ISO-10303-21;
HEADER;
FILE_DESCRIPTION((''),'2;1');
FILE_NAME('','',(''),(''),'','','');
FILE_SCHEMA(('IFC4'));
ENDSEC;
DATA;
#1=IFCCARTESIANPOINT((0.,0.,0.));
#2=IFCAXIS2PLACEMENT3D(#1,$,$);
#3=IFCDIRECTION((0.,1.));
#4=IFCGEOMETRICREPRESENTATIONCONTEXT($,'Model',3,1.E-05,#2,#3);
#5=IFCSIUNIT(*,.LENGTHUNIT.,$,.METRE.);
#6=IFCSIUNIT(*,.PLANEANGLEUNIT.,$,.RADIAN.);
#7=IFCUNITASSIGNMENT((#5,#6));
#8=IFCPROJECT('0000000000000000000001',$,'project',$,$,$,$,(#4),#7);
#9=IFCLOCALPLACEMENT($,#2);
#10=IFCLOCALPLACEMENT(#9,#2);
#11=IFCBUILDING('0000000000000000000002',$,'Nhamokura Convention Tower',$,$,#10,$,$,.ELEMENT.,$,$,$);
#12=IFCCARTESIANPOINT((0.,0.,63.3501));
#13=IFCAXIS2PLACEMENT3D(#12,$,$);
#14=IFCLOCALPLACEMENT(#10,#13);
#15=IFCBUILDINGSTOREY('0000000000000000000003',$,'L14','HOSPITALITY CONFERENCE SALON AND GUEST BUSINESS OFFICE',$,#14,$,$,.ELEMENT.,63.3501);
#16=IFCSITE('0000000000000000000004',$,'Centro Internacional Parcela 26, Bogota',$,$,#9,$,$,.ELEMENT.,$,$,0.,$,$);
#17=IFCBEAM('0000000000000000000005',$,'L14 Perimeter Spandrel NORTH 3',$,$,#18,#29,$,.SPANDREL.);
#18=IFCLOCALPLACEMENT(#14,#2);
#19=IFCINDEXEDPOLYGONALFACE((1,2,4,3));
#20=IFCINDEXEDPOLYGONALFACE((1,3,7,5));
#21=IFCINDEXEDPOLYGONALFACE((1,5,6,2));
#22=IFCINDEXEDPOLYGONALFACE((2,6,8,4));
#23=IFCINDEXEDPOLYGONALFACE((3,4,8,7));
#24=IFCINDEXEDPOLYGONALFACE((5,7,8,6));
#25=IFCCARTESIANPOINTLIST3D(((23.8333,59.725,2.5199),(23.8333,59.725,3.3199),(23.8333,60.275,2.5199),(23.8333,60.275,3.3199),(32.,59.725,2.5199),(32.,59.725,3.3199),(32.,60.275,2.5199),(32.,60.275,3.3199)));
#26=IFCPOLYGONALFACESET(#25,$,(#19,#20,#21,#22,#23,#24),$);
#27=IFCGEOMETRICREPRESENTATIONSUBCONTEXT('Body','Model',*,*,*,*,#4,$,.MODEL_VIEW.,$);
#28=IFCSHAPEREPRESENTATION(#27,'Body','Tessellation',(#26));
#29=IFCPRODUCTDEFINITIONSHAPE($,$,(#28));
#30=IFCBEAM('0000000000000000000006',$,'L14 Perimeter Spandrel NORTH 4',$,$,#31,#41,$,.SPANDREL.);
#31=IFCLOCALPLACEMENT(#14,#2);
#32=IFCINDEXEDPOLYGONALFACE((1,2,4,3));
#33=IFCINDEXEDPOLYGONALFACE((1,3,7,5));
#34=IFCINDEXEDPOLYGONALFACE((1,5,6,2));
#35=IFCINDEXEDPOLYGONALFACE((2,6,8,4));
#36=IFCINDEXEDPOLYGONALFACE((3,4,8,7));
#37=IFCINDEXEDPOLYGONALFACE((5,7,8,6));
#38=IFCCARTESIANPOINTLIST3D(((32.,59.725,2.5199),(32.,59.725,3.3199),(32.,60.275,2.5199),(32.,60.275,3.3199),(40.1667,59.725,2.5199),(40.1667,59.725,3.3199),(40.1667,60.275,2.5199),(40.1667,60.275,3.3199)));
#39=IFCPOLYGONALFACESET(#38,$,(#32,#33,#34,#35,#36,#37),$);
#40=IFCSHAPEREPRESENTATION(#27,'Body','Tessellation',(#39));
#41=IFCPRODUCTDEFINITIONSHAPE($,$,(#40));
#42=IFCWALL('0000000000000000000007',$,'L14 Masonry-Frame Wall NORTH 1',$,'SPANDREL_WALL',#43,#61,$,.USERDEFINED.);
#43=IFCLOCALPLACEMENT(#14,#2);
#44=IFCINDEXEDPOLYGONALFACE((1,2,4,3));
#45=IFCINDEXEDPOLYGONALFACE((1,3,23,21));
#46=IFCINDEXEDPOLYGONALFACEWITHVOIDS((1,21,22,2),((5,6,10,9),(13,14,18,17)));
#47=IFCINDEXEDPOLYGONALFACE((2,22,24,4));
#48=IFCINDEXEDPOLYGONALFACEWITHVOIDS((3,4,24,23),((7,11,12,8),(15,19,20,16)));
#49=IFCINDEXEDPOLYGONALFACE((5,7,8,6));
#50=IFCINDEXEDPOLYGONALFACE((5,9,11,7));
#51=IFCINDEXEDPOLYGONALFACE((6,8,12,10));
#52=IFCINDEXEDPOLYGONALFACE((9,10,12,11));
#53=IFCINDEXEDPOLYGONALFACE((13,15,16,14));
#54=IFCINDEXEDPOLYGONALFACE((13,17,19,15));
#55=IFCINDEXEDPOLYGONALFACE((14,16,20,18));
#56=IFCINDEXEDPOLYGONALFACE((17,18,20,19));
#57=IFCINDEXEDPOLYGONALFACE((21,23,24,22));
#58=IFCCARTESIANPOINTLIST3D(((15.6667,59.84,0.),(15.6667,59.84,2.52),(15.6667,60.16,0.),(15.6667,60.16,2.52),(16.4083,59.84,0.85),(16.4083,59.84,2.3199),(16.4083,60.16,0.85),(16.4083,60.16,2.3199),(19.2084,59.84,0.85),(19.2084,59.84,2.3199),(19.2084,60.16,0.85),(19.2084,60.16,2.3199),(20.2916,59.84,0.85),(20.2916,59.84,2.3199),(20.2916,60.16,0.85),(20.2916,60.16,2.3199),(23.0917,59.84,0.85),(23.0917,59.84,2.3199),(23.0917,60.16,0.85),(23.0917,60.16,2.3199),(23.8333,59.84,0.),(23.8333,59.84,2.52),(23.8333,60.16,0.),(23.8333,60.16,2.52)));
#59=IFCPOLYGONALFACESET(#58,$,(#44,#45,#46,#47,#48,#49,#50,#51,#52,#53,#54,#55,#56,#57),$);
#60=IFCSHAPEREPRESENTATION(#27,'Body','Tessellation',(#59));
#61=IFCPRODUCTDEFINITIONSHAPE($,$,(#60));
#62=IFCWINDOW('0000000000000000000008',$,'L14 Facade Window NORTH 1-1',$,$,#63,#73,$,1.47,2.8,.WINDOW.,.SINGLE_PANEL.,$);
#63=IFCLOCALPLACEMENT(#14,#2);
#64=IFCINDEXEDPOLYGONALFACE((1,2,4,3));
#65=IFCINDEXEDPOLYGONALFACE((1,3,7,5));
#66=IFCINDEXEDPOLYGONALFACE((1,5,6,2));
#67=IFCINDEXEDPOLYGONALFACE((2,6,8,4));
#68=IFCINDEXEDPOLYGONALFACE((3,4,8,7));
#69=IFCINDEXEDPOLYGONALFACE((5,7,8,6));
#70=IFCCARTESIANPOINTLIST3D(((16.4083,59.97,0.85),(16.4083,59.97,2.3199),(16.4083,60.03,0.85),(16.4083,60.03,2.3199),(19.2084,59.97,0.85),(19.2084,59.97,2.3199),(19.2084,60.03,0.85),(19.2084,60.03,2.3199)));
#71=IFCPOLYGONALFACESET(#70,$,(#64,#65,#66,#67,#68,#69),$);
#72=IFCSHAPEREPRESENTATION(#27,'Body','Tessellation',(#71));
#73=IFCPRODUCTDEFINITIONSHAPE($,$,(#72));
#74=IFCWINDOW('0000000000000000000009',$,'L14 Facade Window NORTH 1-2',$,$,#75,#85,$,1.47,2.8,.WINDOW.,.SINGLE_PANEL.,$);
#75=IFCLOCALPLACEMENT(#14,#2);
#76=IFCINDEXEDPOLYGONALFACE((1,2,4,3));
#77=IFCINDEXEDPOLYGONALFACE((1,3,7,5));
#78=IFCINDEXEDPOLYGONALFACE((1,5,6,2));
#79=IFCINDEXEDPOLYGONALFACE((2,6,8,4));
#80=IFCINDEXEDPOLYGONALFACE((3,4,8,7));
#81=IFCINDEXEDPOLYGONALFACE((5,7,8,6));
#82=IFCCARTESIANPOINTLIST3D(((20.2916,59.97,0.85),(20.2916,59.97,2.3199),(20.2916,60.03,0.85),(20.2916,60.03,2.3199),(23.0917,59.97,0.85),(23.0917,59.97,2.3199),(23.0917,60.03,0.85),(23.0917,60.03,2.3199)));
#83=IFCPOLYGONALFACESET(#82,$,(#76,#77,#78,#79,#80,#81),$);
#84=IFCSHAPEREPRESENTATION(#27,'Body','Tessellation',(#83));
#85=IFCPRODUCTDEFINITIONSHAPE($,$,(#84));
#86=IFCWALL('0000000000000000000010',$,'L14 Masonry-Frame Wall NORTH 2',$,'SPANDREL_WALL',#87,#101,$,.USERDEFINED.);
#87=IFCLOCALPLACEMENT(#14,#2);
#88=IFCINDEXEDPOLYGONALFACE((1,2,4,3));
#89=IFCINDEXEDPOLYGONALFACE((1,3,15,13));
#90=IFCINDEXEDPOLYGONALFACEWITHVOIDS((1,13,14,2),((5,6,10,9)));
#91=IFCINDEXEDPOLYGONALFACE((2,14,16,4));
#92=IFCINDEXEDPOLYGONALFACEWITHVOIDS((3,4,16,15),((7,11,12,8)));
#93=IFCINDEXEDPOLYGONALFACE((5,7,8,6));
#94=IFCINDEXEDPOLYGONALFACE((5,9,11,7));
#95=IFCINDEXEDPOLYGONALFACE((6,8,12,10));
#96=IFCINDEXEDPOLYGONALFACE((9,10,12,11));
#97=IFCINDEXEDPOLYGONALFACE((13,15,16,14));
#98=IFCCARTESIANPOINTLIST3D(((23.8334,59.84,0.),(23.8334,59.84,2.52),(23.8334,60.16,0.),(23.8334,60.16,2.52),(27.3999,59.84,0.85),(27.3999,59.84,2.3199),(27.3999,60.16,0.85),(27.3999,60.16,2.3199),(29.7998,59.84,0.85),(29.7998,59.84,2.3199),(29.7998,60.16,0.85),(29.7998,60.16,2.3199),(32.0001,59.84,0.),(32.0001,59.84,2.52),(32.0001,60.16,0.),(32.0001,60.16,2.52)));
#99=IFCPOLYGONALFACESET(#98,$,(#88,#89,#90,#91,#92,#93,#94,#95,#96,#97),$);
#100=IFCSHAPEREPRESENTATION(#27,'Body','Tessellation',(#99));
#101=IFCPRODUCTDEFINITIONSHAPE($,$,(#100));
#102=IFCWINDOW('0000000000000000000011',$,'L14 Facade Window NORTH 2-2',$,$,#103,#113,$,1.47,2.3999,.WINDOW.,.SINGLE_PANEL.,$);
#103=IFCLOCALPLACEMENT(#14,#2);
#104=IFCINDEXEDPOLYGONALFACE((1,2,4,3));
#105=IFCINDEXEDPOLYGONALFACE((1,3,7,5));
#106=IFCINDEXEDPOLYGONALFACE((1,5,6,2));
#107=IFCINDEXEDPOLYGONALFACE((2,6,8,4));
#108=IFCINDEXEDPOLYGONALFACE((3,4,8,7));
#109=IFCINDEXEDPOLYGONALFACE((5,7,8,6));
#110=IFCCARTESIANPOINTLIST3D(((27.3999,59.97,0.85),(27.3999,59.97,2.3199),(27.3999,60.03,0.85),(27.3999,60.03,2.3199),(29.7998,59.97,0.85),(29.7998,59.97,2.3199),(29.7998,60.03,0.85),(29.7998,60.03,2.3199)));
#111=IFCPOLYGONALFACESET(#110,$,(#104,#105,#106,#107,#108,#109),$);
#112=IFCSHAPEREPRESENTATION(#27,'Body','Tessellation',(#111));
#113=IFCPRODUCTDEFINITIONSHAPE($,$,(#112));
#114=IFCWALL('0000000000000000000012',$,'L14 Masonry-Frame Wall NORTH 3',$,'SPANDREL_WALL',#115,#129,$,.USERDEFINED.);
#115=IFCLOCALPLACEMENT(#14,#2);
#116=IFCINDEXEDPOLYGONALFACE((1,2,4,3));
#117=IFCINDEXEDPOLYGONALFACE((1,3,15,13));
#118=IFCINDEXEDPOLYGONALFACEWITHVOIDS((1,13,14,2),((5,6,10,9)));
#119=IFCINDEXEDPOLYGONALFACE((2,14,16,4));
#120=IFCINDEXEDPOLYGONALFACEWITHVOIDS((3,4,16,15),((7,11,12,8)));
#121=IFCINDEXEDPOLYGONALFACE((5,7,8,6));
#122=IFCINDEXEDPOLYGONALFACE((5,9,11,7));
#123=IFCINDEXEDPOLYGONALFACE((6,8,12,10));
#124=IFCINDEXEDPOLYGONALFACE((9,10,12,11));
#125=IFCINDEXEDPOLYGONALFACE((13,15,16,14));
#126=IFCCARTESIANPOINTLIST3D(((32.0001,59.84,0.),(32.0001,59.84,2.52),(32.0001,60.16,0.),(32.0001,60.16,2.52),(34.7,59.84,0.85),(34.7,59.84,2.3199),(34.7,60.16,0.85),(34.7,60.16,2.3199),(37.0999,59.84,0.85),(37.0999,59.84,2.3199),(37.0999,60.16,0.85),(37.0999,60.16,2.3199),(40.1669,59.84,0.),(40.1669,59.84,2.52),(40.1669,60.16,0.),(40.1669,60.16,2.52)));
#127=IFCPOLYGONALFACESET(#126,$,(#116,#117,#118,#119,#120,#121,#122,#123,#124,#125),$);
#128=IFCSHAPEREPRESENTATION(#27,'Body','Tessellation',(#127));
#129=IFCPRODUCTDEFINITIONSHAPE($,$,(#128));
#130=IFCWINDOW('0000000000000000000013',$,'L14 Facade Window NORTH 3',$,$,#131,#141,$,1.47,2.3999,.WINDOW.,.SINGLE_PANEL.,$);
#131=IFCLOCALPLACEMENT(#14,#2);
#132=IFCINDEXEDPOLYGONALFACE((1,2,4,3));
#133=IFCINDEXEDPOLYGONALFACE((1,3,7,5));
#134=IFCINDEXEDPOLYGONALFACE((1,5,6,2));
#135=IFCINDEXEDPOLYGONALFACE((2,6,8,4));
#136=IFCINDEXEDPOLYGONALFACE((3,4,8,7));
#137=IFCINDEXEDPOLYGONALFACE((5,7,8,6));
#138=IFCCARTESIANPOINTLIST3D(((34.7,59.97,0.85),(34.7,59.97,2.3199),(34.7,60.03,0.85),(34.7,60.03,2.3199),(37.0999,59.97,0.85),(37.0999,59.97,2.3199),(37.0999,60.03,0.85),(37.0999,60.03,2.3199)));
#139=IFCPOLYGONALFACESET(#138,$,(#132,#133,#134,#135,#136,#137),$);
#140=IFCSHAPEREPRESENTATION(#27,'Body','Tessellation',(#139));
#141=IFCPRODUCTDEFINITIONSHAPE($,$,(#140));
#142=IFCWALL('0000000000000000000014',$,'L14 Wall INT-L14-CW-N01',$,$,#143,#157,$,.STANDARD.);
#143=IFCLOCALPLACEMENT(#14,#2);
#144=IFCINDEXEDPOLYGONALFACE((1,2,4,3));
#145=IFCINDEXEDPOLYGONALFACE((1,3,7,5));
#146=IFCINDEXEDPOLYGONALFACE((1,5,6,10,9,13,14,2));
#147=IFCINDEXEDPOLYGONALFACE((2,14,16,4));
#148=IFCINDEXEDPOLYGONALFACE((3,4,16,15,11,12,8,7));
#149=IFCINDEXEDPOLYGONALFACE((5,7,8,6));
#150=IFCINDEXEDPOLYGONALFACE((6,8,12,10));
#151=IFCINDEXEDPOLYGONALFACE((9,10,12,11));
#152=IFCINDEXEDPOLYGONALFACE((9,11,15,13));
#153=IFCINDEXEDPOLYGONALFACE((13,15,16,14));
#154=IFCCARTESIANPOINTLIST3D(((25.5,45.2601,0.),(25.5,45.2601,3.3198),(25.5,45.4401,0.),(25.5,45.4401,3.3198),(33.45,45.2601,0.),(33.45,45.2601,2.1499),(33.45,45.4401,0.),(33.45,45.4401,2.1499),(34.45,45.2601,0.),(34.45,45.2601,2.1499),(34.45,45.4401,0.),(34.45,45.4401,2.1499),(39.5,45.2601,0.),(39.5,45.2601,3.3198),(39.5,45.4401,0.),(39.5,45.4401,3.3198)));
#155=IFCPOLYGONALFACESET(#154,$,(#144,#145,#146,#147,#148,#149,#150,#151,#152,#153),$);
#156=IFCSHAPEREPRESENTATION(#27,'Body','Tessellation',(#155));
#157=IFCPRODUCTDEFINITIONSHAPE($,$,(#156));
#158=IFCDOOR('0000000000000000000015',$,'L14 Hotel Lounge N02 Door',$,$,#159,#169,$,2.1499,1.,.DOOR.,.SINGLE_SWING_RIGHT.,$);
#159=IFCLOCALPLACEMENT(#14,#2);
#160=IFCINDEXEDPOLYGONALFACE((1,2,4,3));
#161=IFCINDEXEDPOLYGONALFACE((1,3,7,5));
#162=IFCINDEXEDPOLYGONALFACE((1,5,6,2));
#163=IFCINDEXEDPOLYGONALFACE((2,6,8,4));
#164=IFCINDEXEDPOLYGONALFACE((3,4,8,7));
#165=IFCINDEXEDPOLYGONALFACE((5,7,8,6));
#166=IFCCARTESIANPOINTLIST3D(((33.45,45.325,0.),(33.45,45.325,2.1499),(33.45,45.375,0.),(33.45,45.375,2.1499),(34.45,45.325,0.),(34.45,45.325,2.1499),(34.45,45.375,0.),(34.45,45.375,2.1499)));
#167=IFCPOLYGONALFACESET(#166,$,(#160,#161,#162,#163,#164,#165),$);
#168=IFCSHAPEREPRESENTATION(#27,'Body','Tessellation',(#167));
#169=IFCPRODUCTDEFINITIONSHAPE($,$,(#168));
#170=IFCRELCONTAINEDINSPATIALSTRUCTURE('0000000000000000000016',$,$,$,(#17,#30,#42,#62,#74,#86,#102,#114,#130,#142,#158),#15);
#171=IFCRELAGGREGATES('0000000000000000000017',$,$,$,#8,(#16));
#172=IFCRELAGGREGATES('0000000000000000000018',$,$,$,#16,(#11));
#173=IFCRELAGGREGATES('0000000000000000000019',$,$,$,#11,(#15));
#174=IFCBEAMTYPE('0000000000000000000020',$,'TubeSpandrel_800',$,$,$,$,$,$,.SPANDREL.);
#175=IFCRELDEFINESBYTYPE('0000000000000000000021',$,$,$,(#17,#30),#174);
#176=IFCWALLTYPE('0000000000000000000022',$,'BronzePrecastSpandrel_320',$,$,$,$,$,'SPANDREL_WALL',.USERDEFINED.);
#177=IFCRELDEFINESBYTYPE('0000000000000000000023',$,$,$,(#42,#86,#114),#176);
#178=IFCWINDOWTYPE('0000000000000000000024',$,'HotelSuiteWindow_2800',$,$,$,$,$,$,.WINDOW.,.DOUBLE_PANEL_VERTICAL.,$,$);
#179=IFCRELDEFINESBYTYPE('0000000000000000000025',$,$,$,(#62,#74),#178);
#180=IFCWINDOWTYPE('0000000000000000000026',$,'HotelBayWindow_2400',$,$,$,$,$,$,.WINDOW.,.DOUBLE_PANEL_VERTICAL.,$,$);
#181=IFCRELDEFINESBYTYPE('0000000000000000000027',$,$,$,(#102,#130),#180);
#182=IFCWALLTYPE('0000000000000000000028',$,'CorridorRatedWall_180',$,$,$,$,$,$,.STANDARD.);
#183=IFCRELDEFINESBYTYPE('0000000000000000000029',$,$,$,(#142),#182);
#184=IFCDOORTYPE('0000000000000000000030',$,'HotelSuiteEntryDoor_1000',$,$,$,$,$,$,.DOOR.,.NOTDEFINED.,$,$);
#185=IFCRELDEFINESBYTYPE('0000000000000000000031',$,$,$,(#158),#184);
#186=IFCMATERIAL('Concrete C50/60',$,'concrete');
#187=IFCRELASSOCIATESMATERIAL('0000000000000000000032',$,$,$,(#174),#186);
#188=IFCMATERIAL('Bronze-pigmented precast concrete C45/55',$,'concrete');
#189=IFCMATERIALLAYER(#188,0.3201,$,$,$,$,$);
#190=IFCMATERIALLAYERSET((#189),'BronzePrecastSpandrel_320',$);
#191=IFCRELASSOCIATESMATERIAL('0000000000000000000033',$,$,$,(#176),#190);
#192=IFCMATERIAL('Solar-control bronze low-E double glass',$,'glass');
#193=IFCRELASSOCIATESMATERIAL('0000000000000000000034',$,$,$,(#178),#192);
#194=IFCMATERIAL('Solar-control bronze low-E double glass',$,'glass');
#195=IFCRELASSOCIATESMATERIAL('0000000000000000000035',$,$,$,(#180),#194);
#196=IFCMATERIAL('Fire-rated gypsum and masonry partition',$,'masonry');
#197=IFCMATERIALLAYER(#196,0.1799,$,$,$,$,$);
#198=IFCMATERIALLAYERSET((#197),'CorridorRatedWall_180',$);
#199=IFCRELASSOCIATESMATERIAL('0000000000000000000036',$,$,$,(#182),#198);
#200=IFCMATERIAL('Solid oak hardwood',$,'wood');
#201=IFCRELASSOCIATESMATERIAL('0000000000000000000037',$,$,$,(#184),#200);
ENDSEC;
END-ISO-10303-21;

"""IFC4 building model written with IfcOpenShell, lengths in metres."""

from ifc_helpers import new_model, si_unit, direction, frame, frame_2d, origin, origin_2d, place, context, subcontext, project, spatial, rectangle, extrude, material, layer, layer_set, material_profile, profile_set, type_object, element, fill, save


model = new_model("IFC4")

# Units and contexts
model_context = context("Model", 3, precision=1e-05, world=origin(), true_north=direction((0.0, 1.0)))
body_context = subcontext(model_context, "Body", "Model", "MODEL_VIEW")
ifc_project = project(units=[si_unit("LENGTHUNIT", "METRE"), si_unit("PLANEANGLEUNIT", "RADIAN")], contexts=[model_context])

# Site, building, storey
site_placement = place(None, origin())
site = spatial("IfcSite", under=ifc_project, at=site_placement, Name="Centro Internacional Parcela 26, Bogota", CompositionType="ELEMENT", RefElevation=0.0)
building_placement = place(site_placement, origin())
building = spatial("IfcBuilding", under=site, at=building_placement, Name="Nhamokura Convention Tower", CompositionType="ELEMENT")
storey_placement = place(building_placement, frame((0.0, 0.0, 63.3501)))
storey = spatial("IfcBuildingStorey", under=building, at=storey_placement, Name="L14", Description="HOSPITALITY CONFERENCE SALON AND GUEST BUSINESS OFFICE", CompositionType="ELEMENT", Elevation=63.3501)

# Beams
ifc_material_1 = material(Name="Concrete C50/60", Category="concrete")
ifc_material_profile_1 = material_profile(ifc_material_1, rectangle(XDim=0.55, YDim=0.8, at=origin_2d()))
ifc_profile_set_1 = profile_set([ifc_material_profile_1], Name="Concrete C50/60")
beam_type_1 = type_object("IfcBeamType", Name="TubeSpandrel_800", PredefinedType="SPANDREL", material=ifc_profile_set_1)
for number, where, z_axis, x_axis, name in (
    (1, (23.8333, 60.0, 2.9199), (1.0, 0.0, 0.0), (0.0, 1.0, 0.0), "L14 Perimeter Spandrel NORTH 3"),
    (2, (32.0, 60.0, 2.9199), (1.0, 0.0, 0.0), (0.0, 1.0, 0.0), "L14 Perimeter Spandrel NORTH 4"),
):
    element("IfcBeam", number, at=place(storey_placement, frame(where, z_axis=z_axis, x_axis=x_axis)), inside=storey, type_object=beam_type_1, Name=name, PredefinedType="SPANDREL", context=body_context, shape_type="SweptSolid", body=[
        extrude(rectangle(XDim=0.55, YDim=0.8, at=origin_2d()), origin(), (0.0, 0.0, 1.0), 8.1667),
    ])

# Wall, openings, windows
ifc_material_2 = material(Name="Bronze-pigmented precast concrete C45/55", Category="concrete")
ifc_layer_1 = layer(ifc_material_2, 0.3201)
ifc_layer_set_1 = layer_set([ifc_layer_1], Name="BronzePrecastSpandrel_320")
wall_type_1 = type_object("IfcWallType", Name="BronzePrecastSpandrel_320", ElementType="SPANDREL_WALL", PredefinedType="USERDEFINED", material=ifc_layer_set_1)
wall_1_placement = place(storey_placement, frame((15.6667, 60.0, 0.0), z_axis=(0.0, 0.0, 1.0), x_axis=(1.0, 0.0, 0.0)))
wall_1 = element("IfcWall", 3, at=wall_1_placement, inside=storey, type_object=wall_type_1, Name="L14 Masonry-Frame Wall NORTH 1", ObjectType="SPANDREL_WALL", PredefinedType="USERDEFINED", context=body_context, shape_type="SweptSolid", body=[
    extrude(rectangle(XDim=8.1665, YDim=0.3201, at=frame_2d((4.0833, 0.0))), origin(), (0.0, 0.0, 1.0), 2.52),
])
opening_1_placement = place(wall_1_placement, frame((0.7417, 0.0, 0.8501)))
opening_1 = element("IfcOpeningElement", 4, at=opening_1_placement, cuts=wall_1, PredefinedType="OPENING", context=body_context, shape_type="SweptSolid", body=[
    extrude(rectangle(XDim=2.8, YDim=1.47, at=frame_2d((1.3999, 0.7349))), frame((0.0, 0.1699, 0.0), z_axis=(0.0, -1.0, 0.0), x_axis=(1.0, 0.0, 0.0)), (0.0, 0.0, 1.0), 0.3401),
])
opening_2_placement = place(wall_1_placement, frame((4.625, 0.0, 0.8501)))
opening_2 = element("IfcOpeningElement", 5, at=opening_2_placement, cuts=wall_1, PredefinedType="OPENING", context=body_context, shape_type="SweptSolid", body=[
    extrude(rectangle(XDim=2.8, YDim=1.47, at=frame_2d((1.3999, 0.7349))), frame((0.0, 0.1699, 0.0), z_axis=(0.0, -1.0, 0.0), x_axis=(1.0, 0.0, 0.0)), (0.0, 0.0, 1.0), 0.3401),
])
ifc_material_3 = material(Name="Solar-control bronze low-E double glass", Category="glass")
window_type_1 = type_object("IfcWindowType", Name="HotelSuiteWindow_2800", PartitioningType="DOUBLE_PANEL_VERTICAL", PredefinedType="WINDOW", material=ifc_material_3)
window_1_placement = place(opening_1_placement, origin())
window_1 = element("IfcWindow", 6, at=window_1_placement, inside=storey, type_object=window_type_1, Name="L14 Facade Window NORTH 1-1", OverallHeight=1.47, OverallWidth=2.8, PartitioningType="SINGLE_PANEL", PredefinedType="WINDOW", context=body_context, shape_type="SweptSolid", body=[
    extrude(rectangle(XDim=2.8, YDim=1.47, at=frame_2d((1.3999, 0.7349))), frame((0.0, 0.03, 0.0), z_axis=(0.0, -1.0, 0.0), x_axis=(1.0, 0.0, 0.0)), (0.0, 0.0, 1.0), 0.0601),
])
fill(opening_1, window_1)
window_2_placement = place(opening_2_placement, origin())
window_2 = element("IfcWindow", 7, at=window_2_placement, inside=storey, type_object=window_type_1, Name="L14 Facade Window NORTH 1-2", OverallHeight=1.47, OverallWidth=2.8, PartitioningType="SINGLE_PANEL", PredefinedType="WINDOW", context=body_context, shape_type="SweptSolid", body=[
    extrude(rectangle(XDim=2.8, YDim=1.47, at=frame_2d((1.3999, 0.7349))), frame((0.0, 0.03, 0.0), z_axis=(0.0, -1.0, 0.0), x_axis=(1.0, 0.0, 0.0)), (0.0, 0.0, 1.0), 0.0601),
])
fill(opening_2, window_2)

# Walls, openings, windows
wall_2_placement = place(storey_placement, frame((23.8333, 60.0, 0.0), z_axis=(0.0, 0.0, 1.0), x_axis=(1.0, 0.0, 0.0)))
wall_2 = element("IfcWall", 8, at=wall_2_placement, inside=storey, type_object=wall_type_1, Name="L14 Masonry-Frame Wall NORTH 2", ObjectType="SPANDREL_WALL", PredefinedType="USERDEFINED", context=body_context, shape_type="SweptSolid", body=[
    extrude(rectangle(XDim=8.1667, YDim=0.3201, at=frame_2d((4.0835, 0.0))), origin(), (0.0, 0.0, 1.0), 2.52),
])
opening_3_placement = place(wall_2_placement, frame((3.5667, 0.0, 0.8501)))
opening_3 = element("IfcOpeningElement", 9, at=opening_3_placement, cuts=wall_2, PredefinedType="OPENING", context=body_context, shape_type="SweptSolid", body=[
    extrude(rectangle(XDim=2.3999, YDim=1.47, at=frame_2d((1.2, 0.7349))), frame((0.0, 0.1699, 0.0), z_axis=(0.0, -1.0, 0.0), x_axis=(1.0, 0.0, 0.0)), (0.0, 0.0, 1.0), 0.3401),
])
ifc_material_4 = material(Name="Solar-control bronze low-E double glass", Category="glass")
window_type_2 = type_object("IfcWindowType", Name="HotelBayWindow_2400", PartitioningType="DOUBLE_PANEL_VERTICAL", PredefinedType="WINDOW", material=ifc_material_4)
window_3_placement = place(opening_3_placement, origin())
window_3 = element("IfcWindow", 10, at=window_3_placement, inside=storey, type_object=window_type_2, Name="L14 Facade Window NORTH 2-2", OverallHeight=1.47, OverallWidth=2.3999, PartitioningType="SINGLE_PANEL", PredefinedType="WINDOW", context=body_context, shape_type="SweptSolid", body=[
    extrude(rectangle(XDim=2.3999, YDim=1.47, at=frame_2d((1.2, 0.7349))), frame((0.0, 0.03, 0.0), z_axis=(0.0, -1.0, 0.0), x_axis=(1.0, 0.0, 0.0)), (0.0, 0.0, 1.0), 0.0601),
])
fill(opening_3, window_3)
wall_3_placement = place(storey_placement, frame((32.0, 60.0, 0.0), z_axis=(0.0, 0.0, 1.0), x_axis=(1.0, 0.0, 0.0)))
wall_3 = element("IfcWall", 11, at=wall_3_placement, inside=storey, type_object=wall_type_1, Name="L14 Masonry-Frame Wall NORTH 3", ObjectType="SPANDREL_WALL", PredefinedType="USERDEFINED", context=body_context, shape_type="SweptSolid", body=[
    extrude(rectangle(XDim=8.1667, YDim=0.3201, at=frame_2d((4.0835, 0.0))), origin(), (0.0, 0.0, 1.0), 2.52),
])
opening_4_placement = place(wall_3_placement, frame((2.7, 0.0, 0.8501)))
opening_4 = element("IfcOpeningElement", 12, at=opening_4_placement, cuts=wall_3, PredefinedType="OPENING", context=body_context, shape_type="SweptSolid", body=[
    extrude(rectangle(XDim=2.3999, YDim=1.47, at=frame_2d((1.2, 0.7349))), frame((0.0, 0.1699, 0.0), z_axis=(0.0, -1.0, 0.0), x_axis=(1.0, 0.0, 0.0)), (0.0, 0.0, 1.0), 0.3401),
])
window_4_placement = place(opening_4_placement, origin())
window_4 = element("IfcWindow", 13, at=window_4_placement, inside=storey, type_object=window_type_2, Name="L14 Facade Window NORTH 3", OverallHeight=1.47, OverallWidth=2.3999, PartitioningType="SINGLE_PANEL", PredefinedType="WINDOW", context=body_context, shape_type="SweptSolid", body=[
    extrude(rectangle(XDim=2.3999, YDim=1.47, at=frame_2d((1.2, 0.7349))), frame((0.0, 0.03, 0.0), z_axis=(0.0, -1.0, 0.0), x_axis=(1.0, 0.0, 0.0)), (0.0, 0.0, 1.0), 0.0601),
])
fill(opening_4, window_4)

# Wall, opening, door
ifc_material_5 = material(Name="Fire-rated gypsum and masonry partition", Category="masonry")
ifc_layer_2 = layer(ifc_material_5, 0.1799)
ifc_layer_set_2 = layer_set([ifc_layer_2], Name="CorridorRatedWall_180")
wall_type_2 = type_object("IfcWallType", Name="CorridorRatedWall_180", PredefinedType="STANDARD", material=ifc_layer_set_2)
wall_4_placement = place(storey_placement, frame((25.5, 45.3501, 0.0), z_axis=(0.0, 0.0, 1.0), x_axis=(1.0, 0.0, 0.0)))
wall_4 = element("IfcWall", 14, at=wall_4_placement, inside=storey, type_object=wall_type_2, Name="L14 Wall INT-L14-CW-N01", PredefinedType="STANDARD", context=body_context, shape_type="SweptSolid", body=[
    extrude(rectangle(XDim=14.0, YDim=0.1799, at=frame_2d((7.0, 0.0))), origin(), (0.0, 0.0, 1.0), 3.3198),
])
opening_5_placement = place(wall_4_placement, frame((7.95, 0.0, 0.0)))
opening_5 = element("IfcOpeningElement", 15, at=opening_5_placement, cuts=wall_4, PredefinedType="OPENING", context=body_context, shape_type="SweptSolid", body=[
    extrude(rectangle(XDim=1.0, YDim=2.1499, at=frame_2d((0.5, 1.075))), frame((0.0, 0.0999, 0.0), z_axis=(0.0, -1.0, 0.0), x_axis=(1.0, 0.0, 0.0)), (0.0, 0.0, 1.0), 0.2),
])
ifc_material_6 = material(Name="Solid oak hardwood", Category="wood")
door_type_1 = type_object("IfcDoorType", Name="HotelSuiteEntryDoor_1000", OperationType="NOTDEFINED", PredefinedType="DOOR", material=ifc_material_6)
door_1_placement = place(opening_5_placement, origin())
door_1 = element("IfcDoor", 16, at=door_1_placement, inside=storey, type_object=door_type_1, Name="L14 Hotel Lounge N02 Door", OperationType="SINGLE_SWING_RIGHT", OverallHeight=2.1499, OverallWidth=1.0, PredefinedType="DOOR", context=body_context, shape_type="SweptSolid", body=[
    extrude(rectangle(XDim=1.0, YDim=2.1499, at=frame_2d((0.5, 1.075))), frame((0.0, 0.0249, 0.0), z_axis=(0.0, -1.0, 0.0), x_axis=(1.0, 0.0, 0.0)), (0.0, 0.0, 1.0), 0.05),
])
fill(opening_5, door_1)

save(model, "model.ifc")
